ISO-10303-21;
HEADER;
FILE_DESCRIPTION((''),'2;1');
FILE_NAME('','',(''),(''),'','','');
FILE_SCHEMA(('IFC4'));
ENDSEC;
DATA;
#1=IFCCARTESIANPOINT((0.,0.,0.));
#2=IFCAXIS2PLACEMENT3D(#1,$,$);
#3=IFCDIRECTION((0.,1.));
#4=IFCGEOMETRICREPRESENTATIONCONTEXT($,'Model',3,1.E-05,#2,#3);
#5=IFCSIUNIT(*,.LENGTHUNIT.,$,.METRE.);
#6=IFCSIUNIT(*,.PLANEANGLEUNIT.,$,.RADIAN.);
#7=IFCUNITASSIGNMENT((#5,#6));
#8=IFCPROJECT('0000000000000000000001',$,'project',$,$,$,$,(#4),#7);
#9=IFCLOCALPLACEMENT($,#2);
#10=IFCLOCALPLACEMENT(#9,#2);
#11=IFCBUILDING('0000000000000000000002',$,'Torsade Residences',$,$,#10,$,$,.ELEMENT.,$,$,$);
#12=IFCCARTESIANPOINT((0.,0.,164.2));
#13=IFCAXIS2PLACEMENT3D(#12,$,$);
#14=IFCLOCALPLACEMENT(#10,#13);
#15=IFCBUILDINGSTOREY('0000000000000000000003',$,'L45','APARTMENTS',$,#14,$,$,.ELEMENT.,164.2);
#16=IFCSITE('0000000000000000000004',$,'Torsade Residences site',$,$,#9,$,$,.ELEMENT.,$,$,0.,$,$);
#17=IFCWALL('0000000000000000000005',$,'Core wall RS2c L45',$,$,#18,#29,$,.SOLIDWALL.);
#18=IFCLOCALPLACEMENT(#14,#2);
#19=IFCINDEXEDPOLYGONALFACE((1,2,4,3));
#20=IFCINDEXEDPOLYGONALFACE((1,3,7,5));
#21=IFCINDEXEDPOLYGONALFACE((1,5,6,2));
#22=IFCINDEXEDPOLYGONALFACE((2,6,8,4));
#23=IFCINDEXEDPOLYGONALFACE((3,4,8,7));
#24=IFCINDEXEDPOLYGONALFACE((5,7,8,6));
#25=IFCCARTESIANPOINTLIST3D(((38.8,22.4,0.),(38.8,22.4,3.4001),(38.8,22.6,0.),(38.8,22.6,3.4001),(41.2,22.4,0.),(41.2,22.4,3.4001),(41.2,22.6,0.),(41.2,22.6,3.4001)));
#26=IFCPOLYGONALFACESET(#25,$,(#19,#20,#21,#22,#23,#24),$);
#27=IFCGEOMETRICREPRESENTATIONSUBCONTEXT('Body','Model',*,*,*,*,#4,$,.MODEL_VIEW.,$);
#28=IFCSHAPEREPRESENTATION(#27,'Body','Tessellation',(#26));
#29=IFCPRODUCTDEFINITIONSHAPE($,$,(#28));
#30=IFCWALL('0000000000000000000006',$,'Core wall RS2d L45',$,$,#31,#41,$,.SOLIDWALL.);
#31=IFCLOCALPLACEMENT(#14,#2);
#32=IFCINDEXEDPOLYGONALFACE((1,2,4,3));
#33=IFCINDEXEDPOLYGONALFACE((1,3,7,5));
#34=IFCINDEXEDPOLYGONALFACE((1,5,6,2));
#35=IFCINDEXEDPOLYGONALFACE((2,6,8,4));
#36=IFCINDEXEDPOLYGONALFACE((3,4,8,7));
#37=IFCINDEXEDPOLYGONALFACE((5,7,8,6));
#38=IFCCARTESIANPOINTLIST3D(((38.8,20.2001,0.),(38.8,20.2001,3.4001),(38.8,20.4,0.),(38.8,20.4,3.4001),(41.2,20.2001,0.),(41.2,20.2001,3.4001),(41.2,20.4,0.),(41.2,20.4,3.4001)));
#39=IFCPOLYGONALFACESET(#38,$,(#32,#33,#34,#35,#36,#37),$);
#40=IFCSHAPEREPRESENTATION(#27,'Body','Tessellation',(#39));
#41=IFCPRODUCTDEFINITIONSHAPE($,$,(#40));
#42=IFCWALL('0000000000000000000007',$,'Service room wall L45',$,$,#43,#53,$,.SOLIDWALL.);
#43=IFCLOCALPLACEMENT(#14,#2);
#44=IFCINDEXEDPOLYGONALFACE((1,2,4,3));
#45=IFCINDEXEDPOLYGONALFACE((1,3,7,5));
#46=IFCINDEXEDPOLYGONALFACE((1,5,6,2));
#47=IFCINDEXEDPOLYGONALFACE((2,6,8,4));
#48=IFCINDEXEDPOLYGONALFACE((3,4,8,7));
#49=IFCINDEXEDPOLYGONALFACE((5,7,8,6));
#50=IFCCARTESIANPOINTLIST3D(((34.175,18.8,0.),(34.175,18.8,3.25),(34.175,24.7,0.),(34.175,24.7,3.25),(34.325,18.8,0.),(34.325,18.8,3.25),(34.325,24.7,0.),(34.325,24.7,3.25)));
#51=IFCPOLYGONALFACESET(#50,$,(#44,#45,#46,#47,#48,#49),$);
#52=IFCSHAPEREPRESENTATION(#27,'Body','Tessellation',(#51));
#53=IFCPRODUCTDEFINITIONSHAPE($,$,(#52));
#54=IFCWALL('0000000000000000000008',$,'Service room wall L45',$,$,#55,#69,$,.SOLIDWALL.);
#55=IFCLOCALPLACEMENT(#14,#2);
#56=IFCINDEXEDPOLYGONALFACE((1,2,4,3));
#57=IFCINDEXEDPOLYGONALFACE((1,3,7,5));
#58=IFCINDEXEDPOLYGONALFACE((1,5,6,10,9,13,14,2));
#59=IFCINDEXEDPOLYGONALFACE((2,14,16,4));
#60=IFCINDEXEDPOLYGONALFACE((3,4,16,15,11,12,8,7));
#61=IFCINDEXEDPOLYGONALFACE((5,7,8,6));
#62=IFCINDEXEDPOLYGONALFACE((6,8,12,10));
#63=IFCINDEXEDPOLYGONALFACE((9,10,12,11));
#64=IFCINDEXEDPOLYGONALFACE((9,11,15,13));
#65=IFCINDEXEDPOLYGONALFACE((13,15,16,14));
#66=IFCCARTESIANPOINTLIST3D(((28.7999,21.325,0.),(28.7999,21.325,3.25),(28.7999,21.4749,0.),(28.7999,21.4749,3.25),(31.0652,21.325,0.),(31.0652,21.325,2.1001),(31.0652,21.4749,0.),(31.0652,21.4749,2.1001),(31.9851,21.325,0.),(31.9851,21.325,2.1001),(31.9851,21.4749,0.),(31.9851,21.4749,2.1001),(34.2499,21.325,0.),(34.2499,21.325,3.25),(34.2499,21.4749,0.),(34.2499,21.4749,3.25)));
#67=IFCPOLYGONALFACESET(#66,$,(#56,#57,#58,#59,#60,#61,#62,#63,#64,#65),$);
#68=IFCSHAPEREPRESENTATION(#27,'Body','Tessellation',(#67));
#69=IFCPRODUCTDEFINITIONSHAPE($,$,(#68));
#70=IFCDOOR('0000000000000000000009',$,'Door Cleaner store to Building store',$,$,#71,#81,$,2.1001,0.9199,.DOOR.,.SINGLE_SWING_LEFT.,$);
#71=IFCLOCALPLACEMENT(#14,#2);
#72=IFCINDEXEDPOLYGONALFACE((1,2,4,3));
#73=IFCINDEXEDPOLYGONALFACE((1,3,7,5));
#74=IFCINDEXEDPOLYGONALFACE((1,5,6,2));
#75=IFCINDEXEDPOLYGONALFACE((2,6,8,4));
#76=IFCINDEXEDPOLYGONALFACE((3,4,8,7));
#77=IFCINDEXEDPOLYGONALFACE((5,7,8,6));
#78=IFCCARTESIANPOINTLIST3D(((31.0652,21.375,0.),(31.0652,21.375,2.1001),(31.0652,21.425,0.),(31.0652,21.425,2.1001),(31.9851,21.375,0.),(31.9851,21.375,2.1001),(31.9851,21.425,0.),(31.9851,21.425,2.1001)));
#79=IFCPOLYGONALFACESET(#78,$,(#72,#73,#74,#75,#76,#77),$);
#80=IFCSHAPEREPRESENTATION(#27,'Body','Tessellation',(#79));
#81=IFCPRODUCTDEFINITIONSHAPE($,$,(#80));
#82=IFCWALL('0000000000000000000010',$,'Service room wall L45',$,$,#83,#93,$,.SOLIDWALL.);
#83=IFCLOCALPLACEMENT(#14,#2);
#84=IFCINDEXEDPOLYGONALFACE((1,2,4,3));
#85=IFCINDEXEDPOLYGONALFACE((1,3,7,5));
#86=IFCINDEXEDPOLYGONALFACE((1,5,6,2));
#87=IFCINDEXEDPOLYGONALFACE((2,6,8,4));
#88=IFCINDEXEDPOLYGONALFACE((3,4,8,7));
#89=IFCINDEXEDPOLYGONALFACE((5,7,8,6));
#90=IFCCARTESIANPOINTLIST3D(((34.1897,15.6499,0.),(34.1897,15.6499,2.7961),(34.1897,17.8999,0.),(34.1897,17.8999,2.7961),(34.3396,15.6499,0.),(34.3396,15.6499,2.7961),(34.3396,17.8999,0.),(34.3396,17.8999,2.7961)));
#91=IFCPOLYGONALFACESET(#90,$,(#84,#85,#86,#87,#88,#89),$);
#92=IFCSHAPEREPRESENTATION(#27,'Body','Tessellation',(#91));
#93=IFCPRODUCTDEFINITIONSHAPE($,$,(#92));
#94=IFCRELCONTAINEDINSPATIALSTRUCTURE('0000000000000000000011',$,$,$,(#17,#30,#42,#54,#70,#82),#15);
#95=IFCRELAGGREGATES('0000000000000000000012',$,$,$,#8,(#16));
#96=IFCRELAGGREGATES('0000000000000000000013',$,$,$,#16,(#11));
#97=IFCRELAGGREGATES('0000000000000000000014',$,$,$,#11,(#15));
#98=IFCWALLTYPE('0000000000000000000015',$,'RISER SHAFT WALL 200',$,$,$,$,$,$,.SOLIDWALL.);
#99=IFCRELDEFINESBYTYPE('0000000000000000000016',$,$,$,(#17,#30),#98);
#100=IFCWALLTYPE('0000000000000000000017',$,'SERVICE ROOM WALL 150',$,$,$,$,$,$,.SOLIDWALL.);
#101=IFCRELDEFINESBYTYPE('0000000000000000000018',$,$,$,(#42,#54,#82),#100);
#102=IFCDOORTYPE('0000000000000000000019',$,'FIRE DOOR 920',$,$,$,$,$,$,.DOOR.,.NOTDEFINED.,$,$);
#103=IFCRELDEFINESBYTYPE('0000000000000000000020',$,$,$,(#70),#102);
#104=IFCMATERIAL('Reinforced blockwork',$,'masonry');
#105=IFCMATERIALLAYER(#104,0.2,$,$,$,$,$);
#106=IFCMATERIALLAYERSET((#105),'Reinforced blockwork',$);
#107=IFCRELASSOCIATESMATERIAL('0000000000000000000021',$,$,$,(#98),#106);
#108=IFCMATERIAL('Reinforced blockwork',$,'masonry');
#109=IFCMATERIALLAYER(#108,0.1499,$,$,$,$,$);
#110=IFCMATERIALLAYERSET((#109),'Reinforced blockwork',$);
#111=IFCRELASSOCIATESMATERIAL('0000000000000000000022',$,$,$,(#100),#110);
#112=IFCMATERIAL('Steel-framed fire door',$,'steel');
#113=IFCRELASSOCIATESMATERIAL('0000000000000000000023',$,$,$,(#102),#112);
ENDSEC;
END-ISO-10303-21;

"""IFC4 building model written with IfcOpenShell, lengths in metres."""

from ifc_helpers import new_model, si_unit, direction, frame, frame_2d, origin, place, context, subcontext, project, spatial, rectangle, extrude, material, layer, layer_set, type_object, element, fill, save


model = new_model("IFC4")

# Units and contexts
model_context = context("Model", 3, precision=1e-05, world=origin(), true_north=direction((0.0, 1.0)))
body_context = subcontext(model_context, "Body", "Model", "MODEL_VIEW")
ifc_project = project(units=[si_unit("LENGTHUNIT", "METRE"), si_unit("PLANEANGLEUNIT", "RADIAN")], contexts=[model_context])

# Site, building, storey
site_placement = place(None, origin())
site = spatial("IfcSite", under=ifc_project, at=site_placement, Name="Torsade Residences site", CompositionType="ELEMENT", RefElevation=0.0)
building_placement = place(site_placement, origin())
building = spatial("IfcBuilding", under=site, at=building_placement, Name="Torsade Residences", CompositionType="ELEMENT")
storey_placement = place(building_placement, frame((0.0, 0.0, 164.2)))
storey = spatial("IfcBuildingStorey", under=building, at=storey_placement, Name="L45", Description="APARTMENTS", CompositionType="ELEMENT", Elevation=164.2)

# Walls
ifc_material_1 = material(Name="Reinforced blockwork", Category="masonry")
ifc_layer_1 = layer(ifc_material_1, 0.2)
ifc_layer_set_1 = layer_set([ifc_layer_1], Name="Reinforced blockwork")
wall_type_1 = type_object("IfcWallType", Name="RISER SHAFT WALL 200", PredefinedType="SOLIDWALL", material=ifc_layer_set_1)
for number, where, z_axis, x_axis, name in (
    (1, (38.8, 22.5, 0.0), (0.0, 0.0, 1.0), (1.0, 0.0, 0.0), "Core wall RS2c L45"),
    (2, (38.8, 20.3, 0.0), (0.0, 0.0, 1.0), (1.0, 0.0, 0.0), "Core wall RS2d L45"),
):
    element("IfcWall", number, at=place(storey_placement, frame(where, z_axis=z_axis, x_axis=x_axis)), inside=storey, type_object=wall_type_1, Name=name, PredefinedType="SOLIDWALL", context=body_context, shape_type="SweptSolid", body=[
        extrude(rectangle(XDim=2.3999, YDim=0.2, at=frame_2d((1.2, 0.0))), origin(), (0.0, 0.0, 1.0), 3.4001),
    ])
ifc_material_2 = material(Name="Reinforced blockwork", Category="masonry")
ifc_layer_2 = layer(ifc_material_2, 0.1499)
ifc_layer_set_2 = layer_set([ifc_layer_2], Name="Reinforced blockwork")
wall_type_2 = type_object("IfcWallType", Name="SERVICE ROOM WALL 150", PredefinedType="SOLIDWALL", material=ifc_layer_set_2)
wall_1_placement = place(storey_placement, frame((34.25, 18.8, 0.0), z_axis=(0.0, 0.0, 1.0), x_axis=(0.0, 1.0, 0.0)))
element("IfcWall", 3, at=wall_1_placement, inside=storey, type_object=wall_type_2, Name="Service room wall L45", PredefinedType="SOLIDWALL", context=body_context, shape_type="SweptSolid", body=[
    extrude(rectangle(XDim=5.8999, YDim=0.1499, at=frame_2d((2.95, 0.0))), origin(), (0.0, 0.0, 1.0), 3.25),
])

# Wall, opening, door
wall_2_placement = place(storey_placement, frame((34.25, 21.3999, 0.0), z_axis=(0.0, 0.0, 1.0), x_axis=(-1.0, 0.0, 0.0)))
wall_2 = element("IfcWall", 4, at=wall_2_placement, inside=storey, type_object=wall_type_2, Name="Service room wall L45", PredefinedType="SOLIDWALL", context=body_context, shape_type="SweptSolid", body=[
    extrude(rectangle(XDim=5.45, YDim=0.1499, at=frame_2d((2.7251, 0.0))), origin(), (0.0, 0.0, 1.0), 3.25),
])
opening_1_placement = place(wall_2_placement, frame((2.2649, 0.0, 0.0)))
opening_1 = element("IfcOpeningElement", 5, at=opening_1_placement, cuts=wall_2, PredefinedType="OPENING", context=body_context, shape_type="SweptSolid", body=[
    extrude(rectangle(XDim=0.9199, YDim=2.1001, at=frame_2d((0.46, 1.05))), frame((0.0, 0.085, 0.0), z_axis=(0.0, -1.0, 0.0), x_axis=(1.0, 0.0, 0.0)), (0.0, 0.0, 1.0), 0.1699),
])
ifc_material_3 = material(Name="Steel-framed fire door", Category="steel")
door_type_1 = type_object("IfcDoorType", Name="FIRE DOOR 920", OperationType="NOTDEFINED", PredefinedType="DOOR", material=ifc_material_3)
door_1_placement = place(opening_1_placement, origin())
door_1 = element("IfcDoor", 6, at=door_1_placement, inside=storey, type_object=door_type_1, Name="Door Cleaner store to Building store", OperationType="SINGLE_SWING_LEFT", OverallHeight=2.1001, OverallWidth=0.9199, PredefinedType="DOOR", context=body_context, shape_type="SweptSolid", body=[
    extrude(rectangle(XDim=0.9199, YDim=2.1001, at=frame_2d((0.46, 1.05))), frame((0.0, 0.0249, 0.0), z_axis=(0.0, -1.0, 0.0), x_axis=(1.0, 0.0, 0.0)), (0.0, 0.0, 1.0), 0.05),
])
fill(opening_1, door_1)

# Wall
wall_3_placement = place(storey_placement, frame((34.2646, 15.6499, 0.0), z_axis=(0.0, 0.0, 1.0), x_axis=(0.0, 1.0, 0.0)))
element("IfcWall", 7, at=wall_3_placement, inside=storey, type_object=wall_type_2, Name="Service room wall L45", PredefinedType="SOLIDWALL", context=body_context, shape_type="SweptSolid", body=[
    extrude(rectangle(XDim=2.25, YDim=0.1499, at=frame_2d((1.125, 0.0))), origin(), (0.0, 0.0, 1.0), 2.7961),
])

save(model, "model.ifc")
